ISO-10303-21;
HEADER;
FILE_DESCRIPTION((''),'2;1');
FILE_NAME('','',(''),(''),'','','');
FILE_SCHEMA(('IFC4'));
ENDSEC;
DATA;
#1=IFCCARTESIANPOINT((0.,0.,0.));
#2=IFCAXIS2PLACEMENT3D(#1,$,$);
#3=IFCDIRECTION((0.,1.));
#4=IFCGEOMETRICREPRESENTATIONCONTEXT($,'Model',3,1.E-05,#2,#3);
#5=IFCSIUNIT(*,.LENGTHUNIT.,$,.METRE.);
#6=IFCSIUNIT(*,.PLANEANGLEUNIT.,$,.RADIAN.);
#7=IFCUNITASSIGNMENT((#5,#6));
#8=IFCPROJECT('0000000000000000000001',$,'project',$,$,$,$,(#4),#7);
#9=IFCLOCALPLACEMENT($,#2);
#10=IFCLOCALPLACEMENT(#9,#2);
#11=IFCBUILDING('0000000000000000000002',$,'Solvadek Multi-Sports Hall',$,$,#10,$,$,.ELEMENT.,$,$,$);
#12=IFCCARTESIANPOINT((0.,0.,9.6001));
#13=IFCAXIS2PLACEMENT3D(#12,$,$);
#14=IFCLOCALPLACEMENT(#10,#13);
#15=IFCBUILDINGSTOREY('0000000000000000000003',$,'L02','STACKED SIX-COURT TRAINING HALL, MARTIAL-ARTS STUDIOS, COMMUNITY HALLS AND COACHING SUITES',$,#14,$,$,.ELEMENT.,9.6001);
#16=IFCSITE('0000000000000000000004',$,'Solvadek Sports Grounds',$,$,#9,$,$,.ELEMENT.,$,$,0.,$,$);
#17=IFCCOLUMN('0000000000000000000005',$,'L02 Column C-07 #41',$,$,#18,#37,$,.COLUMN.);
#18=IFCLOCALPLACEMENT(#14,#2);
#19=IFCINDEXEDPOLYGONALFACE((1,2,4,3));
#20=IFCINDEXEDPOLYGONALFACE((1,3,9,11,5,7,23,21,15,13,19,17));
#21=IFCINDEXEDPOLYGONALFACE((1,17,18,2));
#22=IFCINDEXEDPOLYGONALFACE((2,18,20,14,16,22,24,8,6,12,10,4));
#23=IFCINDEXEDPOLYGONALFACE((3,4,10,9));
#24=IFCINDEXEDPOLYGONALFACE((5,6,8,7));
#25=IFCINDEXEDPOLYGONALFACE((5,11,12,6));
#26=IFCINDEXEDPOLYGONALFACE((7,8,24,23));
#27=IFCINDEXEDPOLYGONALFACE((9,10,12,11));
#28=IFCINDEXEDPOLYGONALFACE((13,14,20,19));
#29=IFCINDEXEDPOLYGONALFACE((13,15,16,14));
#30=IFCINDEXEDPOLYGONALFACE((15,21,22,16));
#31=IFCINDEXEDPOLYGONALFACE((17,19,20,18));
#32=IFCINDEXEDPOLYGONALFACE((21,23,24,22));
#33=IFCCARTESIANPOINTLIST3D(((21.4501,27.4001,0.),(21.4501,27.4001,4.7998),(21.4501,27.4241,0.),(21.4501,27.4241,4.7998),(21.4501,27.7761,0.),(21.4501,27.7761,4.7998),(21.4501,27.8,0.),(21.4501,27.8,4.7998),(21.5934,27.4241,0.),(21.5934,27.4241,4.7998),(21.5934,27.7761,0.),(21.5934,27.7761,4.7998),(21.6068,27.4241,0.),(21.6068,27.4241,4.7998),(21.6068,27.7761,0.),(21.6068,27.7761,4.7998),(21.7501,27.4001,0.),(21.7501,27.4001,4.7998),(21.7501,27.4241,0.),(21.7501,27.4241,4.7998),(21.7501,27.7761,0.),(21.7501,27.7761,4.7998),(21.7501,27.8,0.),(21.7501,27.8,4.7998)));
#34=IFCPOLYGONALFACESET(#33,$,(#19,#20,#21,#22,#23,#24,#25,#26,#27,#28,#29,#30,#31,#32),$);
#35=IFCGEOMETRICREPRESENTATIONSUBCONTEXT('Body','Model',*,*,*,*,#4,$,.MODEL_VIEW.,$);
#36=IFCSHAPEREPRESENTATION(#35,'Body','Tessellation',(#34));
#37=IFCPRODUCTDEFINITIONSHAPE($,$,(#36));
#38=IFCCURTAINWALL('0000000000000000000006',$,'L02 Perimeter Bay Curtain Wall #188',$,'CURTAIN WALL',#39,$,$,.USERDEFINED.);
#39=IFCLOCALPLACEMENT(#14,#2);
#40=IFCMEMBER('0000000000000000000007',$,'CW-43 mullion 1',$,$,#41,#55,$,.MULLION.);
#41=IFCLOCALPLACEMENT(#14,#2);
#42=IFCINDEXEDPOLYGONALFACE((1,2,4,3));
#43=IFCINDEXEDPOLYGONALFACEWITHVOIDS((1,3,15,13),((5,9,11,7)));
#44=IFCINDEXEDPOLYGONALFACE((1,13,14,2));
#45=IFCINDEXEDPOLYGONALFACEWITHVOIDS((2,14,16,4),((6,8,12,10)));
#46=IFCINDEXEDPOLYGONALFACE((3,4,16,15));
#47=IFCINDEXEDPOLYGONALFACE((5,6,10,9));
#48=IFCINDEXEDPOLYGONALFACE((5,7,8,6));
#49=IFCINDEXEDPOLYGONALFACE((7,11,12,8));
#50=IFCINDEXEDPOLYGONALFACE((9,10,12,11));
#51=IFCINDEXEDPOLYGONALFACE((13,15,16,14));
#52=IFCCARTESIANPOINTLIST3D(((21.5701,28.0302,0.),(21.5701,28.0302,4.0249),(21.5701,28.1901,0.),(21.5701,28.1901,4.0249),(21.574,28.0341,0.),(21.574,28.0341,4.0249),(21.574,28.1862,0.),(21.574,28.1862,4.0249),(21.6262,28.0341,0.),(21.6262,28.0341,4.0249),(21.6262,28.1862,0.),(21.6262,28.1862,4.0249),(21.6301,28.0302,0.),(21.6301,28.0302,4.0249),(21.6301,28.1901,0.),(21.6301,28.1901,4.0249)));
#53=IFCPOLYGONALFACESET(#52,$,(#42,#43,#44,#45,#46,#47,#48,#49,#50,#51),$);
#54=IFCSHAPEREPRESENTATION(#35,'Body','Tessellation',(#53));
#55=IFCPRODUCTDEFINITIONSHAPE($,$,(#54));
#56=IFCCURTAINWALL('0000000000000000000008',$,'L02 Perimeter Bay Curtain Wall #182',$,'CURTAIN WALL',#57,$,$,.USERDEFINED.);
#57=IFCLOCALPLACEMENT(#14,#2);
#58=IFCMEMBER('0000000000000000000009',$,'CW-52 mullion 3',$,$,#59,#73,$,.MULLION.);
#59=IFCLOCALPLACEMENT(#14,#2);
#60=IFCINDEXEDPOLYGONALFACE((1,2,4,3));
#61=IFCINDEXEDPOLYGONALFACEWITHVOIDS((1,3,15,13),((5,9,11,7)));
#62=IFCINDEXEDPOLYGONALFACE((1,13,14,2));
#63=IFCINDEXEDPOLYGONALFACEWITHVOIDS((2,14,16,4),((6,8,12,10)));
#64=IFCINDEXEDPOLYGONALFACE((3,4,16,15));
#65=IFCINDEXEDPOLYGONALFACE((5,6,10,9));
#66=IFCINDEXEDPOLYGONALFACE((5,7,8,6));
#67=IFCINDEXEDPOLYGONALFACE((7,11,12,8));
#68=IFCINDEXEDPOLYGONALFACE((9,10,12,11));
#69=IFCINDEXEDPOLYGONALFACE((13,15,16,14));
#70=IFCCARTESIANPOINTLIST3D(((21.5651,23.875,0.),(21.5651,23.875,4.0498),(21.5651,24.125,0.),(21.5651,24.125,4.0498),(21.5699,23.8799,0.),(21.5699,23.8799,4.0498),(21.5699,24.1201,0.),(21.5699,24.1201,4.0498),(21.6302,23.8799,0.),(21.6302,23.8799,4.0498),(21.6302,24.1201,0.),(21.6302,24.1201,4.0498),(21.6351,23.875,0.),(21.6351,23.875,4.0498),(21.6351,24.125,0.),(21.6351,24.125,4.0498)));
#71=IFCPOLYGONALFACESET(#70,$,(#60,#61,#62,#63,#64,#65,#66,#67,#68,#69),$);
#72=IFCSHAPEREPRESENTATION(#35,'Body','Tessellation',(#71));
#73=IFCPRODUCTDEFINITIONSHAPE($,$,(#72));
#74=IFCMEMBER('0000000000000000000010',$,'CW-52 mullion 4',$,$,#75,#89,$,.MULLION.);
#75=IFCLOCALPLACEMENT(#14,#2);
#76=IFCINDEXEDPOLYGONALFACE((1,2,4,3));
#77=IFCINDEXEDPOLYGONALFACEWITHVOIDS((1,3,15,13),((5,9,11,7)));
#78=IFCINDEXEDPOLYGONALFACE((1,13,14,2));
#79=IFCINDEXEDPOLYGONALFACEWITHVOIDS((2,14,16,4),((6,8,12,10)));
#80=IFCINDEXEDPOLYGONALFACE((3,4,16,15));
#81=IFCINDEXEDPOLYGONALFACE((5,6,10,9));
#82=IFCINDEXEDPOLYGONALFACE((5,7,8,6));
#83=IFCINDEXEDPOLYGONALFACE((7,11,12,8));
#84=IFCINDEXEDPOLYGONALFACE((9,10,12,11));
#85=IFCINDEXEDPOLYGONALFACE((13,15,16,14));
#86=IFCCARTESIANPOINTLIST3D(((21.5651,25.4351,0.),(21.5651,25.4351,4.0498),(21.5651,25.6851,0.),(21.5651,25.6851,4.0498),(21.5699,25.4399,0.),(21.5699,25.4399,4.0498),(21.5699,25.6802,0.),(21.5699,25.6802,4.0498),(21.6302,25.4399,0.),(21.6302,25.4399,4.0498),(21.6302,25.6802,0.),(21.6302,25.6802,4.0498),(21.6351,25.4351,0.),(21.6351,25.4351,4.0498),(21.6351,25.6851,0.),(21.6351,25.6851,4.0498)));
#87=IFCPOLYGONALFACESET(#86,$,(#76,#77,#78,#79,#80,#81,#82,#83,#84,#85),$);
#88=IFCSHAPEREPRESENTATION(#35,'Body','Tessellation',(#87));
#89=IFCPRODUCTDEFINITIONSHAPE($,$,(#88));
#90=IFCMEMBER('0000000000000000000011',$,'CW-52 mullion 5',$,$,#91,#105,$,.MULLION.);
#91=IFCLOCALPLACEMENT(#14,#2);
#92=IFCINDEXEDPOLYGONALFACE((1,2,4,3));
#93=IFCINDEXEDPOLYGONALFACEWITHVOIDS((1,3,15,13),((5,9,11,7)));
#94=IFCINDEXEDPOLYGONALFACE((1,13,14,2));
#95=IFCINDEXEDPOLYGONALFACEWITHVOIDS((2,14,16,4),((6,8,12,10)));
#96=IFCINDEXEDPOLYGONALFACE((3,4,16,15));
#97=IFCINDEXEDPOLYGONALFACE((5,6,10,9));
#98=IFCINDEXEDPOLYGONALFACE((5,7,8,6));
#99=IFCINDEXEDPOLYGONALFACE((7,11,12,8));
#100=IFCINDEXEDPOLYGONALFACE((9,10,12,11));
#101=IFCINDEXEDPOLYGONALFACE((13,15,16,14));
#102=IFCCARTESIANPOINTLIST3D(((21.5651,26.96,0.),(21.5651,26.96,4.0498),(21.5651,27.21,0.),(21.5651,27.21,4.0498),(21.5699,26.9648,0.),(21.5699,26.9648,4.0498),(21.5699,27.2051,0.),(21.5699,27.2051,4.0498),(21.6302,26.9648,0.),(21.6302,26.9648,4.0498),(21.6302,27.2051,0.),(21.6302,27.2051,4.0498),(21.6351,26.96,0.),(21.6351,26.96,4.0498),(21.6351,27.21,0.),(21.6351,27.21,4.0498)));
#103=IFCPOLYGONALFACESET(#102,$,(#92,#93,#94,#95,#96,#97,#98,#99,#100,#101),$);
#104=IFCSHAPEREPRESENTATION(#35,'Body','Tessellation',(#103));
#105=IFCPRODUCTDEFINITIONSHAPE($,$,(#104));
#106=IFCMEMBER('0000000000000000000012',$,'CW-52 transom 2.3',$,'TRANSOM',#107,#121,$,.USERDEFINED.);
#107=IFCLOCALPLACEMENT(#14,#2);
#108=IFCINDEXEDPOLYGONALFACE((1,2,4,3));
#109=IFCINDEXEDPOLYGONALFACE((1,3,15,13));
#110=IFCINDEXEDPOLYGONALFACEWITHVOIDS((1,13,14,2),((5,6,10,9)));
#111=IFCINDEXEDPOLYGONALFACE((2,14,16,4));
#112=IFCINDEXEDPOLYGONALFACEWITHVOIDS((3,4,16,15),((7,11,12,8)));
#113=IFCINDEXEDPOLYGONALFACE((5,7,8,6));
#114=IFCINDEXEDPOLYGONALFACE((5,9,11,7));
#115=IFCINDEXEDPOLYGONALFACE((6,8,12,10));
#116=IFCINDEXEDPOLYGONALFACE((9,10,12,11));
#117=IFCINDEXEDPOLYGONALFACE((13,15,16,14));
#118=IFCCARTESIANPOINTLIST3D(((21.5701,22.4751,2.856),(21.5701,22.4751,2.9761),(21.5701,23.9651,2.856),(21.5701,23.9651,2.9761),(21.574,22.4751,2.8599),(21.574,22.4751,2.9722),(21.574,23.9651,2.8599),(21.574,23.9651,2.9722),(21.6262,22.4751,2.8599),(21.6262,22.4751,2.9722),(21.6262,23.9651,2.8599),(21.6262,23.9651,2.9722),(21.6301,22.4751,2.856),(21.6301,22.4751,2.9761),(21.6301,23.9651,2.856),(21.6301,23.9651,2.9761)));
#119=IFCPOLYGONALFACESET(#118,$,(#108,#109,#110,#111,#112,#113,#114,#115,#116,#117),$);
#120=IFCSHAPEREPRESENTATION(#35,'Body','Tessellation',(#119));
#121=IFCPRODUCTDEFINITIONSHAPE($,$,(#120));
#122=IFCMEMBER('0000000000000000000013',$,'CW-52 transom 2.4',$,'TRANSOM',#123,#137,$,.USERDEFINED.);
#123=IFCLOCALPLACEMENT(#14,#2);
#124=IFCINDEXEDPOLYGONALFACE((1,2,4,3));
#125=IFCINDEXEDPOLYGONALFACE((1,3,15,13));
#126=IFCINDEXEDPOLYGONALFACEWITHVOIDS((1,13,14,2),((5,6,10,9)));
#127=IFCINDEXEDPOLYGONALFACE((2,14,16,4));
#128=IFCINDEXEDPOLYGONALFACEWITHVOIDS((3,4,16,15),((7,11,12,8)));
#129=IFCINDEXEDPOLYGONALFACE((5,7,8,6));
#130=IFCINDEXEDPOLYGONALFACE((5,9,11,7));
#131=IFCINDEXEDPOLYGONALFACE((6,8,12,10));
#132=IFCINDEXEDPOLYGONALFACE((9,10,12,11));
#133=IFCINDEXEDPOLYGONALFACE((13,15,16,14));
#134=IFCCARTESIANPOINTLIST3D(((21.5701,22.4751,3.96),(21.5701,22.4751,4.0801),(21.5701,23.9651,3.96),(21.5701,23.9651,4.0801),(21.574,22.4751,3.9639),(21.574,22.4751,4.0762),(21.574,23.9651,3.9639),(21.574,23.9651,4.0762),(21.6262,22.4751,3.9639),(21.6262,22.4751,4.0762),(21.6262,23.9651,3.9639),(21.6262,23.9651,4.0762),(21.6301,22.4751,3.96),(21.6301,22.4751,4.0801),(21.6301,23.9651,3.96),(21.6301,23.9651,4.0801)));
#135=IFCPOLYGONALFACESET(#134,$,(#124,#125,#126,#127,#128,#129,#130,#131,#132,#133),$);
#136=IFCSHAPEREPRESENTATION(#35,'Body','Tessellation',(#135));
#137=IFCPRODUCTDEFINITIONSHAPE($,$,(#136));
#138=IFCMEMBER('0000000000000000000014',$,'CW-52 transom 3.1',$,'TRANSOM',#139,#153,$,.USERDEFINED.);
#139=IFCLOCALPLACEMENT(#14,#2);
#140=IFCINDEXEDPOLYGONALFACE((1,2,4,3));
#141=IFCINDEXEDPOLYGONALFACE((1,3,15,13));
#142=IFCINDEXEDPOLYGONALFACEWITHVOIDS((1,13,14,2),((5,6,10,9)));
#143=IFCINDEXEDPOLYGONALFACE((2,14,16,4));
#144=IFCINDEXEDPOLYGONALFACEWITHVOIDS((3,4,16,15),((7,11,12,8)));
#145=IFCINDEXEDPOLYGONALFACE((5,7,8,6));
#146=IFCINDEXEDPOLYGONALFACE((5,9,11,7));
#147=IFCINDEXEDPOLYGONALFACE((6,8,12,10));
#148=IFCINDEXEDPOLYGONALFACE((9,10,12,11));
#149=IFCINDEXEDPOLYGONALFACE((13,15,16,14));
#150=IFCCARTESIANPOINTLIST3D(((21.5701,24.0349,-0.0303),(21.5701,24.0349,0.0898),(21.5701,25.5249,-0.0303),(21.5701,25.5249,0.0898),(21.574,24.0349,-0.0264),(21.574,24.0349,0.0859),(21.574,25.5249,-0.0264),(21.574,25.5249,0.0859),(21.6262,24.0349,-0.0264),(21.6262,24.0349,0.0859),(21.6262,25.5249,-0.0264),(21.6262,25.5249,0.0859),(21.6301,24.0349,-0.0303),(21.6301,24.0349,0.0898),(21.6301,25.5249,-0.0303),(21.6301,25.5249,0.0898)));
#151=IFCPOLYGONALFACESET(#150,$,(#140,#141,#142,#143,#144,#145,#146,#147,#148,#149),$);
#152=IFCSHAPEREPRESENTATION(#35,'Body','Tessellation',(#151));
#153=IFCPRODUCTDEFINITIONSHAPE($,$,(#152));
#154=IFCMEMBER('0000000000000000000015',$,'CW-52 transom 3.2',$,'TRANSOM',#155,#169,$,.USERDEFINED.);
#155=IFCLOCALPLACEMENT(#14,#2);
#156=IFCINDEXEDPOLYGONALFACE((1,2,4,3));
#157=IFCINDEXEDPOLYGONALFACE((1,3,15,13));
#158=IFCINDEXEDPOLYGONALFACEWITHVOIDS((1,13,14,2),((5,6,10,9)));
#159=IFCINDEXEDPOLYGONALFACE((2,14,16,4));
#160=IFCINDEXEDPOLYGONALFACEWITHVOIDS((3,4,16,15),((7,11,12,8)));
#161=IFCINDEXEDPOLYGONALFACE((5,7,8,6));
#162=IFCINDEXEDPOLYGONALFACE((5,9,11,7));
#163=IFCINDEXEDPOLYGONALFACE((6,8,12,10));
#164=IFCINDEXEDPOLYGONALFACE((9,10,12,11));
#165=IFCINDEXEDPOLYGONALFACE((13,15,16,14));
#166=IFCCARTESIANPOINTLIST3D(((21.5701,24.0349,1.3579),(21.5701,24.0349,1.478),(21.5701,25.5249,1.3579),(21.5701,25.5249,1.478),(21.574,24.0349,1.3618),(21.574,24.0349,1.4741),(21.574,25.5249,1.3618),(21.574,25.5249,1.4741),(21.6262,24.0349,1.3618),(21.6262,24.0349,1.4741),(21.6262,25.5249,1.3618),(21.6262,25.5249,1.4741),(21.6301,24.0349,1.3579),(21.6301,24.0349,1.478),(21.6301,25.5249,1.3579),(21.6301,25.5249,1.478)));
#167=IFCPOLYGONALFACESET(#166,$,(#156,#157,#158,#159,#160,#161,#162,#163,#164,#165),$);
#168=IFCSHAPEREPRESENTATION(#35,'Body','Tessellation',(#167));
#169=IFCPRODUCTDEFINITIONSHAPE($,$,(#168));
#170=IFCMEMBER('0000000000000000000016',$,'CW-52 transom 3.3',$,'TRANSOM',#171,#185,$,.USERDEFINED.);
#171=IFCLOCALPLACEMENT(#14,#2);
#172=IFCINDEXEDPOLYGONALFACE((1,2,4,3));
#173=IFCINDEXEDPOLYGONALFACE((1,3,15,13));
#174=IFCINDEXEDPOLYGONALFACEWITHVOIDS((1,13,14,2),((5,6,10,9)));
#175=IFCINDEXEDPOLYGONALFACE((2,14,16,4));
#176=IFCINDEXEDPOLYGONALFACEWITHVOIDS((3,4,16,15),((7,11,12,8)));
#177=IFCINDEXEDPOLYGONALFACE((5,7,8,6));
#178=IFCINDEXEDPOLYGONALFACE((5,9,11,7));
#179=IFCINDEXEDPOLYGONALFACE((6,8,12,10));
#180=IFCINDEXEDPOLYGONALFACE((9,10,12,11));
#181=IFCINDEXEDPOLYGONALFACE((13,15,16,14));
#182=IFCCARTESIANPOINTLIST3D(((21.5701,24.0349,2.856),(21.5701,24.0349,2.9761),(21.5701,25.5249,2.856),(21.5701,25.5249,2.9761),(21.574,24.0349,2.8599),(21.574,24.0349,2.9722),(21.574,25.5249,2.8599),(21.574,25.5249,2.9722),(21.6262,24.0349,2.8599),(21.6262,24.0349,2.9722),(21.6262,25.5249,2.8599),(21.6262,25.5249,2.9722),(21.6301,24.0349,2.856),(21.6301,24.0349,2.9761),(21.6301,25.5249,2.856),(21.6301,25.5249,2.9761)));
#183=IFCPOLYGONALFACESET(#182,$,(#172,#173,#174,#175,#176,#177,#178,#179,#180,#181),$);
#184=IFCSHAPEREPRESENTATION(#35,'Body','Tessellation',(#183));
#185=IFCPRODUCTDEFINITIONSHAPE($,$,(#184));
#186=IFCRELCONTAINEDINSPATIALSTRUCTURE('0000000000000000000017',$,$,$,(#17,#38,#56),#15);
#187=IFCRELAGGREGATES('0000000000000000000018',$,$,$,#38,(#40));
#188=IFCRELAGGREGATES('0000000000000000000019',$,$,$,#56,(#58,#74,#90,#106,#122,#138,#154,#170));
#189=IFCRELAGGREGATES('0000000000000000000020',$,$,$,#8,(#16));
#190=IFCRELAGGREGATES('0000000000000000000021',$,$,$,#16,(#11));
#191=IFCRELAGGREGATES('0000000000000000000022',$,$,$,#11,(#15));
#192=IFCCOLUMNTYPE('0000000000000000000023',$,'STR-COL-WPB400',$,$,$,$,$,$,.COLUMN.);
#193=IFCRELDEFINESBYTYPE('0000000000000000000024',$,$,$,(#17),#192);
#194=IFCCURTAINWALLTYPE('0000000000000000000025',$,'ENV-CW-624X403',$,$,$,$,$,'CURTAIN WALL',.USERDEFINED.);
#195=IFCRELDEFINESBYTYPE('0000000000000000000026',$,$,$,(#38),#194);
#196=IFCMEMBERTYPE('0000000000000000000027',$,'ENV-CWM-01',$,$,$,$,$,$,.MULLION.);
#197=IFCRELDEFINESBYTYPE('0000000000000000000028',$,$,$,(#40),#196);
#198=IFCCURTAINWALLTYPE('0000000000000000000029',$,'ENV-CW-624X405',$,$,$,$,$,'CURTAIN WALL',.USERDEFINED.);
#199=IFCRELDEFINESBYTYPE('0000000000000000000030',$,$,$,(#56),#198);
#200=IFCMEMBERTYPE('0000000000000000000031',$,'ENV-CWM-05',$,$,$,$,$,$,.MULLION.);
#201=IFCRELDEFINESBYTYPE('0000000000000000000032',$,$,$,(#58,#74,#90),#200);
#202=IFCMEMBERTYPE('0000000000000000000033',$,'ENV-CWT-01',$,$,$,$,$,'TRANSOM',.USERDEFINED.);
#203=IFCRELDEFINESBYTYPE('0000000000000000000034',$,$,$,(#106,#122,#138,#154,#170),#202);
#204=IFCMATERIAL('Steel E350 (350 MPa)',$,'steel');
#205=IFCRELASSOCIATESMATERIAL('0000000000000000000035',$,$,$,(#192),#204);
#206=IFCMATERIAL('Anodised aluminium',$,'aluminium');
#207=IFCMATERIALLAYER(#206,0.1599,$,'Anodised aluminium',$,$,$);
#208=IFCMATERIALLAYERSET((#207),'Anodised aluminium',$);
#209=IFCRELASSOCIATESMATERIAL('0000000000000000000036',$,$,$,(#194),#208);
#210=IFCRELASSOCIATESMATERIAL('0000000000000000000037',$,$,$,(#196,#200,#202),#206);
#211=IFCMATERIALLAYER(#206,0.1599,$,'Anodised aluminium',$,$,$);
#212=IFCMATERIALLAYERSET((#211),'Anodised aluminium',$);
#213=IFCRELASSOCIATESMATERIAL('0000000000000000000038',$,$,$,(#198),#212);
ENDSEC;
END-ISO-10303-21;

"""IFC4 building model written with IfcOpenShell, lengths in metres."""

from ifc_helpers import new_model, si_unit, direction, frame, origin, origin_2d, place, context, subcontext, project, spatial, hollow_rectangle, i_section, extrude, material, layer, layer_set, material_profile, profile_set, type_object, element, aggregate, save


model = new_model("IFC4")

# Units and contexts
model_context = context("Model", 3, precision=1e-05, world=origin(), true_north=direction((0.0, 1.0)))
body_context = subcontext(model_context, "Body", "Model", "MODEL_VIEW")
ifc_project = project(units=[si_unit("LENGTHUNIT", "METRE"), si_unit("PLANEANGLEUNIT", "RADIAN")], contexts=[model_context])

# Site, building, storey
site_placement = place(None, origin())
site = spatial("IfcSite", under=ifc_project, at=site_placement, Name="Solvadek Sports Grounds", CompositionType="ELEMENT", RefElevation=0.0)
building_placement = place(site_placement, origin())
building = spatial("IfcBuilding", under=site, at=building_placement, Name="Solvadek Multi-Sports Hall", CompositionType="ELEMENT")
storey_placement = place(building_placement, frame((0.0, 0.0, 9.6001)))
storey = spatial("IfcBuildingStorey", under=building, at=storey_placement, Name="L02", Description="STACKED SIX-COURT TRAINING HALL, MARTIAL-ARTS STUDIOS, COMMUNITY HALLS AND COACHING SUITES", CompositionType="ELEMENT", Elevation=9.6001)

# Column
ifc_material_1 = material(Name="Steel E350 (350 MPa)", Category="steel")
ifc_material_profile_1 = material_profile(ifc_material_1, i_section(OverallWidth=0.3, OverallDepth=0.3999, WebThickness=0.0134, FlangeThickness=0.0239, at=origin_2d()), Name="WPB 400")
ifc_profile_set_1 = profile_set([ifc_material_profile_1], Name="Steel E350 (350 MPa)")
column_type = type_object("IfcColumnType", Name="STR-COL-WPB400", PredefinedType="COLUMN", material=ifc_profile_set_1)
column_placement = place(storey_placement, frame((21.6001, 27.6001, 0.0), z_axis=(0.0, 0.0, 1.0), x_axis=(1.0, 0.0, 0.0)))
element("IfcColumn", 1, at=column_placement, inside=storey, type_object=column_type, Name="L02 Column C-07 #41", PredefinedType="COLUMN", context=body_context, shape_type="SweptSolid", body=[
    extrude(i_section(OverallWidth=0.3, OverallDepth=0.3999, WebThickness=0.0134, FlangeThickness=0.0239, at=origin_2d()), origin(), (0.0, 0.0, 1.0), 4.7998),
])

# Curtain wall, member
ifc_material_2 = material(Name="Anodised aluminium", Category="aluminium")
ifc_layer_1 = layer(ifc_material_2, 0.1599, Name="Anodised aluminium")
ifc_layer_set_1 = layer_set([ifc_layer_1], Name="Anodised aluminium")
curtain_wall_type_1 = type_object("IfcCurtainWallType", Name="ENV-CW-624X403", ElementType="CURTAIN WALL", PredefinedType="USERDEFINED", material=ifc_layer_set_1)
curtain_wall_1_placement = place(storey_placement, origin())
curtain_wall_1 = element("IfcCurtainWall", 2, at=curtain_wall_1_placement, inside=storey, type_object=curtain_wall_type_1, Name="L02 Perimeter Bay Curtain Wall #188", ObjectType="CURTAIN WALL", PredefinedType="USERDEFINED")
ifc_material_profile_2 = material_profile(ifc_material_2, hollow_rectangle(XDim=0.0601, YDim=0.1599, WallThickness=0.0039, at=origin_2d()), Name="ALU-M 160x60x4")
ifc_profile_set_2 = profile_set([ifc_material_profile_2], Name="Anodised aluminium")
member_type_1 = type_object("IfcMemberType", Name="ENV-CWM-01", PredefinedType="MULLION", material=ifc_profile_set_2)
member_1_placement = place(storey_placement, frame((21.6001, 28.1101, 0.0), z_axis=(0.0, 0.0, 1.0), x_axis=(-1.0, 0.0, 0.0)))
member_1 = element("IfcMember", 3, at=member_1_placement, type_object=member_type_1, Name="CW-43 mullion 1", PredefinedType="MULLION", context=body_context, shape_type="SweptSolid", body=[
    extrude(hollow_rectangle(XDim=0.0601, YDim=0.1599, WallThickness=0.0039, at=origin_2d()), origin(), (0.0, 0.0, 1.0), 4.0249),
])

# Curtain wall, members
ifc_layer_2 = layer(ifc_material_2, 0.1599, Name="Anodised aluminium")
ifc_layer_set_2 = layer_set([ifc_layer_2], Name="Anodised aluminium")
curtain_wall_type_2 = type_object("IfcCurtainWallType", Name="ENV-CW-624X405", ElementType="CURTAIN WALL", PredefinedType="USERDEFINED", material=ifc_layer_set_2)
curtain_wall_2_placement = place(storey_placement, origin())
curtain_wall_2 = element("IfcCurtainWall", 4, at=curtain_wall_2_placement, inside=storey, type_object=curtain_wall_type_2, Name="L02 Perimeter Bay Curtain Wall #182", ObjectType="CURTAIN WALL", PredefinedType="USERDEFINED")
ifc_material_profile_3 = material_profile(ifc_material_2, hollow_rectangle(XDim=0.0701, YDim=0.25, WallThickness=0.0049, at=origin_2d()), Name="ALU-M 250x70x5")
ifc_profile_set_3 = profile_set([ifc_material_profile_3], Name="Anodised aluminium")
member_type_2 = type_object("IfcMemberType", Name="ENV-CWM-05", PredefinedType="MULLION", material=ifc_profile_set_3)
member_2_placement = place(storey_placement, frame((21.6001, 24.0, 0.0), z_axis=(0.0, 0.0, 1.0), x_axis=(-1.0, 0.0, 0.0)))
member_2 = element("IfcMember", 5, at=member_2_placement, type_object=member_type_2, Name="CW-52 mullion 3", PredefinedType="MULLION", context=body_context, shape_type="SweptSolid", body=[
    extrude(hollow_rectangle(XDim=0.0701, YDim=0.25, WallThickness=0.0049, at=origin_2d()), origin(), (0.0, 0.0, 1.0), 4.0498),
])
member_3_placement = place(storey_placement, frame((21.6001, 25.5601, 0.0), z_axis=(0.0, 0.0, 1.0), x_axis=(-1.0, 0.0, 0.0)))
member_3 = element("IfcMember", 6, at=member_3_placement, type_object=member_type_2, Name="CW-52 mullion 4", PredefinedType="MULLION", context=body_context, shape_type="SweptSolid", body=[
    extrude(hollow_rectangle(XDim=0.0701, YDim=0.25, WallThickness=0.0049, at=origin_2d()), origin(), (0.0, 0.0, 1.0), 4.0498),
])
member_4_placement = place(storey_placement, frame((21.6001, 27.085, 0.0), z_axis=(0.0, 0.0, 1.0), x_axis=(-1.0, 0.0, 0.0)))
member_4 = element("IfcMember", 7, at=member_4_placement, type_object=member_type_2, Name="CW-52 mullion 5", PredefinedType="MULLION", context=body_context, shape_type="SweptSolid", body=[
    extrude(hollow_rectangle(XDim=0.0701, YDim=0.25, WallThickness=0.0049, at=origin_2d()), origin(), (0.0, 0.0, 1.0), 4.0498),
])
ifc_material_profile_4 = material_profile(ifc_material_2, hollow_rectangle(XDim=0.0601, YDim=0.1201, WallThickness=0.0039, at=origin_2d()), Name="ALU-T 120x60x4")
ifc_profile_set_4 = profile_set([ifc_material_profile_4], Name="Anodised aluminium")
member_type_3 = type_object("IfcMemberType", Name="ENV-CWT-01", ElementType="TRANSOM", PredefinedType="USERDEFINED", material=ifc_profile_set_4)
member_5_placement = place(storey_placement, frame((21.6001, 22.4751, 2.916), z_axis=(0.0, 1.0, 0.0), x_axis=(-1.0, 0.0, 0.0)))
member_5 = element("IfcMember", 8, at=member_5_placement, type_object=member_type_3, Name="CW-52 transom 2.3", ObjectType="TRANSOM", PredefinedType="USERDEFINED", context=body_context, shape_type="SweptSolid", body=[
    extrude(hollow_rectangle(XDim=0.0601, YDim=0.1201, WallThickness=0.0039, at=origin_2d()), origin(), (0.0, 0.0, 1.0), 1.49),
])
member_6_placement = place(storey_placement, frame((21.6001, 22.4751, 4.02), z_axis=(0.0, 1.0, 0.0), x_axis=(-1.0, 0.0, 0.0)))
member_6 = element("IfcMember", 9, at=member_6_placement, type_object=member_type_3, Name="CW-52 transom 2.4", ObjectType="TRANSOM", PredefinedType="USERDEFINED", context=body_context, shape_type="SweptSolid", body=[
    extrude(hollow_rectangle(XDim=0.0601, YDim=0.1201, WallThickness=0.0039, at=origin_2d()), origin(), (0.0, 0.0, 1.0), 1.49),
])
member_7_placement = place(storey_placement, frame((21.6001, 24.0349, 0.0298), z_axis=(0.0, 1.0, 0.0), x_axis=(-1.0, 0.0, 0.0)))
member_7 = element("IfcMember", 10, at=member_7_placement, type_object=member_type_3, Name="CW-52 transom 3.1", ObjectType="TRANSOM", PredefinedType="USERDEFINED", context=body_context, shape_type="SweptSolid", body=[
    extrude(hollow_rectangle(XDim=0.0601, YDim=0.1201, WallThickness=0.0039, at=origin_2d()), origin(), (0.0, 0.0, 1.0), 1.49),
])
member_8_placement = place(storey_placement, frame((21.6001, 24.0349, 1.418), z_axis=(0.0, 1.0, 0.0), x_axis=(-1.0, 0.0, 0.0)))
member_8 = element("IfcMember", 11, at=member_8_placement, type_object=member_type_3, Name="CW-52 transom 3.2", ObjectType="TRANSOM", PredefinedType="USERDEFINED", context=body_context, shape_type="SweptSolid", body=[
    extrude(hollow_rectangle(XDim=0.0601, YDim=0.1201, WallThickness=0.0039, at=origin_2d()), origin(), (0.0, 0.0, 1.0), 1.49),
])
member_9_placement = place(storey_placement, frame((21.6001, 24.0349, 2.916), z_axis=(0.0, 1.0, 0.0), x_axis=(-1.0, 0.0, 0.0)))
member_9 = element("IfcMember", 12, at=member_9_placement, type_object=member_type_3, Name="CW-52 transom 3.3", ObjectType="TRANSOM", PredefinedType="USERDEFINED", context=body_context, shape_type="SweptSolid", body=[
    extrude(hollow_rectangle(XDim=0.0601, YDim=0.1201, WallThickness=0.0039, at=origin_2d()), origin(), (0.0, 0.0, 1.0), 1.49),
])

aggregate(curtain_wall_1, [member_1])

aggregate(curtain_wall_2, [member_2, member_3, member_4, member_5, member_6, member_7, member_8, member_9])

save(model, "model.ifc")
